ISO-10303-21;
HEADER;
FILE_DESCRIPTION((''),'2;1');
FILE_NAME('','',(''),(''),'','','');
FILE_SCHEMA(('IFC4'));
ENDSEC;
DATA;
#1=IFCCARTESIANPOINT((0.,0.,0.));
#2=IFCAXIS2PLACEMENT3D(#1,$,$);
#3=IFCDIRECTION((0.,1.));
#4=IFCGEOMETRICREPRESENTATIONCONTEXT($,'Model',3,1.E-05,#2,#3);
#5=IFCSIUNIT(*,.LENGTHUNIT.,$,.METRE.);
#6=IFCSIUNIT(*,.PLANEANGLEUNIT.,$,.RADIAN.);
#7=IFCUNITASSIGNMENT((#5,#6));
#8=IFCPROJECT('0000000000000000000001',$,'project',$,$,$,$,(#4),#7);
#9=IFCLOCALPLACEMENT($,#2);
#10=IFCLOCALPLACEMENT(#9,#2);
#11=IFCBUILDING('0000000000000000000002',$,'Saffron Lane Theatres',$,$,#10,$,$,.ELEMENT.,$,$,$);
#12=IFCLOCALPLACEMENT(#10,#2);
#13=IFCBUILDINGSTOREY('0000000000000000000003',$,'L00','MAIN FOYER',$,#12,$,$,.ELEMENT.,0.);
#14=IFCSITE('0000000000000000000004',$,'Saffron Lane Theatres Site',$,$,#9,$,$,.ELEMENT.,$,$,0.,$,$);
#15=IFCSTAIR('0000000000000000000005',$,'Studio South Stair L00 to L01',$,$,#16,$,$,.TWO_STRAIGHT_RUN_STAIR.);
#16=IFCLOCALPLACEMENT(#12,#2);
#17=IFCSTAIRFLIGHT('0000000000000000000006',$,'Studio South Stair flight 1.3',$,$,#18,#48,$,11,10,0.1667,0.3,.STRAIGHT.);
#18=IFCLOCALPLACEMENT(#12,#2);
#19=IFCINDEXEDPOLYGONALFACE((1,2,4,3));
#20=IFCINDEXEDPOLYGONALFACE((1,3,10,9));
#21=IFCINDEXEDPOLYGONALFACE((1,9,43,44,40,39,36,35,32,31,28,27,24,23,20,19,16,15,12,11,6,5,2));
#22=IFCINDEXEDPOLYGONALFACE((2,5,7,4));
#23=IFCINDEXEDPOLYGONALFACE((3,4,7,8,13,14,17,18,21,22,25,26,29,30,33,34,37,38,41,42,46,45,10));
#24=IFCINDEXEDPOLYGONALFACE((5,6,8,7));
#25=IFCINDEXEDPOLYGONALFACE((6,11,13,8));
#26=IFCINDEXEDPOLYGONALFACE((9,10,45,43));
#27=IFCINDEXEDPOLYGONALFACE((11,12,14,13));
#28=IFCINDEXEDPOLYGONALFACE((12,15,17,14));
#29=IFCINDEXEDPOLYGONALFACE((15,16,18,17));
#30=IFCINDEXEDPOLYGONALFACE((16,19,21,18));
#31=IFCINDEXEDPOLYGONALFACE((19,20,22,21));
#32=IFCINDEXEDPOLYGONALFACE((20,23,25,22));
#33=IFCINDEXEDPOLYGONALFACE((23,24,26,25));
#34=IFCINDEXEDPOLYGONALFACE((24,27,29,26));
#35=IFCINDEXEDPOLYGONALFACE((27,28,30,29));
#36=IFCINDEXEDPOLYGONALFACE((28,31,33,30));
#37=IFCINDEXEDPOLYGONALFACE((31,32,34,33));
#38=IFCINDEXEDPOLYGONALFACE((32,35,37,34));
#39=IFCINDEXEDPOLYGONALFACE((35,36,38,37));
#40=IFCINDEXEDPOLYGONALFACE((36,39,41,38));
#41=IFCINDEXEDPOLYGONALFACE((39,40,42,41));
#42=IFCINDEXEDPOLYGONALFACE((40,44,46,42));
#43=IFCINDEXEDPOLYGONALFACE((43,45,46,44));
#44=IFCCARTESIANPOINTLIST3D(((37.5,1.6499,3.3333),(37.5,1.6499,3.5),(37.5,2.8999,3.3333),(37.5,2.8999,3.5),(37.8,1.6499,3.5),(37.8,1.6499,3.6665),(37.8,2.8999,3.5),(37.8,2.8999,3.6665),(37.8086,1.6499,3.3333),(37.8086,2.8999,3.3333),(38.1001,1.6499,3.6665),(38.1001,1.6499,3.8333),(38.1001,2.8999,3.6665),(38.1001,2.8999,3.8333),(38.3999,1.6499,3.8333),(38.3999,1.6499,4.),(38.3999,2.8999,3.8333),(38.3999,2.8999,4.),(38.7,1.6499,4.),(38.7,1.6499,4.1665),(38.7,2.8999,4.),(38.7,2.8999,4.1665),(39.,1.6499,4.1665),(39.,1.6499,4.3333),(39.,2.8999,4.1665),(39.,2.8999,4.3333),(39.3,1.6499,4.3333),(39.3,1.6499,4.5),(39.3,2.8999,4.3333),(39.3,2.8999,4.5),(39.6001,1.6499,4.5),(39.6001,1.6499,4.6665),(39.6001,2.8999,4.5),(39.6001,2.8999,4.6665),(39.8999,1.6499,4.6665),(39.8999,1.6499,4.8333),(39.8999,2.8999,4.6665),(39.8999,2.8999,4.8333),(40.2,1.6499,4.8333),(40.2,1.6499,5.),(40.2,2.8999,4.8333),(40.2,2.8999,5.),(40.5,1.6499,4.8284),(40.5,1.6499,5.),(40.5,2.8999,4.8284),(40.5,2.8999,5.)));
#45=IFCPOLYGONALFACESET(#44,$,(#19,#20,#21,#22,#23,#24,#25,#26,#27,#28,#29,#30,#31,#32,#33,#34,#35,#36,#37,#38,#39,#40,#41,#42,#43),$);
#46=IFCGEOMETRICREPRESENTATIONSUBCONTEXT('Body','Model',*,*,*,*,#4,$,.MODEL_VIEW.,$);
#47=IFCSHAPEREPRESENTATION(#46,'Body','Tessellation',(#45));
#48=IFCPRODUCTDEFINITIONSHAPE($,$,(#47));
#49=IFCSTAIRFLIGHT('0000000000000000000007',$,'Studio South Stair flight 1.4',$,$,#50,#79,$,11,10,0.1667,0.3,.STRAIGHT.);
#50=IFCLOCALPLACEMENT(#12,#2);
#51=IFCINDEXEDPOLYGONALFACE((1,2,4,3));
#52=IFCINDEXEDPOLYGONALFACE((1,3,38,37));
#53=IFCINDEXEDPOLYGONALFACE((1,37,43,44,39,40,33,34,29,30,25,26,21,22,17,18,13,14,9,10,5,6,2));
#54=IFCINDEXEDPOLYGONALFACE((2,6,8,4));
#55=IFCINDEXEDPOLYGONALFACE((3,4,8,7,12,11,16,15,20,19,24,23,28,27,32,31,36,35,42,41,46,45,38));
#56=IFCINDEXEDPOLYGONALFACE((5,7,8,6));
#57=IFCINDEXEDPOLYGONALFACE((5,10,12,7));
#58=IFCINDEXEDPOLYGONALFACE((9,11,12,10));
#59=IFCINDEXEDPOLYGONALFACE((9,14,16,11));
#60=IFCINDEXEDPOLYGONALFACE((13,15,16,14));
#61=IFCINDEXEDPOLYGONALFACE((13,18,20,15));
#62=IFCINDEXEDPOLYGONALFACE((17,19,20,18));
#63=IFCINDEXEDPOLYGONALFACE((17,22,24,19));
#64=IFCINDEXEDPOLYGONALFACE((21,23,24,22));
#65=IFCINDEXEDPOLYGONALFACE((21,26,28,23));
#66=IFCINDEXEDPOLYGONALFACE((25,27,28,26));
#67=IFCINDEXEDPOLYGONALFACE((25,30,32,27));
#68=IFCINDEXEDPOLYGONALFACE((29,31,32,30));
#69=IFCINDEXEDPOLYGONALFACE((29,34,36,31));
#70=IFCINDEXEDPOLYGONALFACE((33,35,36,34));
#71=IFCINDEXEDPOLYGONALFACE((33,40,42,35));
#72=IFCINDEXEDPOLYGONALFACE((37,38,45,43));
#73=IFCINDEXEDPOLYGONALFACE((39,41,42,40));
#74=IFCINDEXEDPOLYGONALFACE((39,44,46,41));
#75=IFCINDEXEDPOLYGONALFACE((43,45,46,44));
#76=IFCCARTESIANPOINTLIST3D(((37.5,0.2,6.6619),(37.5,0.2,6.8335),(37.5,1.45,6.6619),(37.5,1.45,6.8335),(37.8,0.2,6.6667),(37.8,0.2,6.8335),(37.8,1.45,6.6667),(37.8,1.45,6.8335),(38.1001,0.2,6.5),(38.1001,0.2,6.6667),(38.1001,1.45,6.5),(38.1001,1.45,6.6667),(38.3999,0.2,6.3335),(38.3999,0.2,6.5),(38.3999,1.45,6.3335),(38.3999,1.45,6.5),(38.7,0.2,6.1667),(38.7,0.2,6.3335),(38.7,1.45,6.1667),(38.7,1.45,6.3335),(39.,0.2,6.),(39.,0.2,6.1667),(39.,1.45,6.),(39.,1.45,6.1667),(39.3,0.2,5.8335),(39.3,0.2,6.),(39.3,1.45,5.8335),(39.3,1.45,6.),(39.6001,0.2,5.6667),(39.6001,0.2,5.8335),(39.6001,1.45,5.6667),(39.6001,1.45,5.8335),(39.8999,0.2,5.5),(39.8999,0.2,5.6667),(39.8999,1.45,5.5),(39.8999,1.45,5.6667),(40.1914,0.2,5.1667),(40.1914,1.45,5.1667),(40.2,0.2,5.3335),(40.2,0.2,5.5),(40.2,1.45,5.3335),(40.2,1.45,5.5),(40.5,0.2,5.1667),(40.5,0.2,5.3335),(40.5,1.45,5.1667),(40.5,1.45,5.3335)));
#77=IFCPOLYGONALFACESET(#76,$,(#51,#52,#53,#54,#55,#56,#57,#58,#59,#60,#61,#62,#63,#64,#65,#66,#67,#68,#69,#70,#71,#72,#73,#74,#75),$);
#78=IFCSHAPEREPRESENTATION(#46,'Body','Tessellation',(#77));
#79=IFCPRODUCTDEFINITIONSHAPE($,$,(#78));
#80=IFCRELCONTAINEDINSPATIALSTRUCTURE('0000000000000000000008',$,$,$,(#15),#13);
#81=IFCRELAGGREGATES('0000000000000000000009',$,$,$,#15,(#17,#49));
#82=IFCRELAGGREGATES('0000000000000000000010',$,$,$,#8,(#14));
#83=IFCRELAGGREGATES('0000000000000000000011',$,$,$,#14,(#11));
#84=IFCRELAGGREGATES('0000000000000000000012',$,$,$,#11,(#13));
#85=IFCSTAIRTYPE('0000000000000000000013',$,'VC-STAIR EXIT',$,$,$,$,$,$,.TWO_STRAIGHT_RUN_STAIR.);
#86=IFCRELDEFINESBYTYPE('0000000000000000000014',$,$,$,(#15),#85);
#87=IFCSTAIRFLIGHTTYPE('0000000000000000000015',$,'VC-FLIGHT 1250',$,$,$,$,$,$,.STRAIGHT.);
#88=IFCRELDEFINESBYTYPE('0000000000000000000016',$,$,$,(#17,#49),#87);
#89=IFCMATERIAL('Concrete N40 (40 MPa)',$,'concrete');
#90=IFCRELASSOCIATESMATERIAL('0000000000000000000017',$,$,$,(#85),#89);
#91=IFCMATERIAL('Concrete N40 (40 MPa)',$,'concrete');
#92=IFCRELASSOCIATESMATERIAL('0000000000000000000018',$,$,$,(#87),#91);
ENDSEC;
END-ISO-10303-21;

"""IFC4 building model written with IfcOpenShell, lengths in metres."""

from ifc_helpers import new_model, si_unit, direction, frame, origin, place, context, subcontext, project, spatial, polyline, outline, extrude, material, type_object, element, aggregate, save


model = new_model("IFC4")

# Units and contexts
model_context = context("Model", 3, precision=1e-05, world=origin(), true_north=direction((0.0, 1.0)))
body_context = subcontext(model_context, "Body", "Model", "MODEL_VIEW")
ifc_project = project(units=[si_unit("LENGTHUNIT", "METRE"), si_unit("PLANEANGLEUNIT", "RADIAN")], contexts=[model_context])

# Site, building, storey
site_placement = place(None, origin())
site = spatial("IfcSite", under=ifc_project, at=site_placement, Name="Saffron Lane Theatres Site", CompositionType="ELEMENT", RefElevation=0.0)
building_placement = place(site_placement, origin())
building = spatial("IfcBuilding", under=site, at=building_placement, Name="Saffron Lane Theatres", CompositionType="ELEMENT")
storey_placement = place(building_placement, origin())
storey = spatial("IfcBuildingStorey", under=building, at=storey_placement, Name="L00", Description="MAIN FOYER", CompositionType="ELEMENT", Elevation=0.0)

# Stair, stair flights
ifc_material_1 = material(Name="Concrete N40 (40 MPa)", Category="concrete")
stair_type = type_object("IfcStairType", Name="VC-STAIR EXIT", PredefinedType="TWO_STRAIGHT_RUN_STAIR", material=ifc_material_1)
stair_placement = place(storey_placement, origin())
stair = element("IfcStair", 1, at=stair_placement, inside=storey, type_object=stair_type, Name="Studio South Stair L00 to L01", PredefinedType="TWO_STRAIGHT_RUN_STAIR")
ifc_material_2 = material(Name="Concrete N40 (40 MPa)", Category="concrete")
stair_flight_type = type_object("IfcStairFlightType", Name="VC-FLIGHT 1250", PredefinedType="STRAIGHT", material=ifc_material_2)
stair_flight_1_placement = place(storey_placement, frame((37.5, 2.2749, 3.3333), z_axis=(0.0, 0.0, 1.0), x_axis=(1.0, 0.0, 0.0)))
stair_flight_1 = element("IfcStairFlight", 2, at=stair_flight_1_placement, type_object=stair_flight_type, Name="Studio South Stair flight 1.3", NumberOfRisers=11, NumberOfTreads=10, PredefinedType="STRAIGHT", RiserHeight=0.1667, TreadLength=0.3, context=body_context, shape_type="SweptSolid", body=[
    extrude(outline(polyline([(0.0, 0.0), (0.0, 0.1667), (0.3, 0.1667), (0.3, 0.3333), (0.6001, 0.3333), (0.6001, 0.5), (0.8999, 0.5), (0.8999, 0.6667), (1.2, 0.6667), (1.2, 0.8333), (1.5, 0.8333), (1.5, 1.0), (1.8, 1.0), (1.8, 1.1667), (2.1001, 1.1667), (2.1001, 1.3333), (2.3999, 1.3333), (2.3999, 1.5), (2.7, 1.5), (2.7, 1.6667), (3.0, 1.6667), (3.0, 1.8333), (3.0, 1.4951), (0.3086, 0.0), (0.0, 0.0)])), frame((0.0, 0.625, 0.0), z_axis=(0.0, -1.0, 0.0), x_axis=(1.0, 0.0, 0.0)), (0.0, 0.0, 1.0), 1.25),
])
stair_flight_2_placement = place(storey_placement, frame((40.5, 0.825, 5.1667), z_axis=(0.0, 0.0, 1.0), x_axis=(-1.0, 0.0, 0.0)))
stair_flight_2 = element("IfcStairFlight", 3, at=stair_flight_2_placement, type_object=stair_flight_type, Name="Studio South Stair flight 1.4", NumberOfRisers=11, NumberOfTreads=10, PredefinedType="STRAIGHT", RiserHeight=0.1667, TreadLength=0.3, context=body_context, shape_type="SweptSolid", body=[
    extrude(outline(polyline([(0.0, 0.0), (0.0, 0.1667), (0.3, 0.1667), (0.3, 0.3333), (0.6001, 0.3333), (0.6001, 0.5), (0.8999, 0.5), (0.8999, 0.6667), (1.2, 0.6667), (1.2, 0.8333), (1.5, 0.8333), (1.5, 1.0), (1.8, 1.0), (1.8, 1.1667), (2.1001, 1.1667), (2.1001, 1.3333), (2.3999, 1.3333), (2.3999, 1.5), (2.7, 1.5), (2.7, 1.6667), (3.0, 1.6667), (3.0, 1.8333), (3.0, 1.4951), (0.3086, 0.0), (0.0, 0.0)])), frame((0.0, 0.625, 0.0), z_axis=(0.0, -1.0, 0.0), x_axis=(1.0, 0.0, 0.0)), (0.0, 0.0, 1.0), 1.25),
])
aggregate(stair, [stair_flight_1, stair_flight_2])

save(model, "model.ifc")
